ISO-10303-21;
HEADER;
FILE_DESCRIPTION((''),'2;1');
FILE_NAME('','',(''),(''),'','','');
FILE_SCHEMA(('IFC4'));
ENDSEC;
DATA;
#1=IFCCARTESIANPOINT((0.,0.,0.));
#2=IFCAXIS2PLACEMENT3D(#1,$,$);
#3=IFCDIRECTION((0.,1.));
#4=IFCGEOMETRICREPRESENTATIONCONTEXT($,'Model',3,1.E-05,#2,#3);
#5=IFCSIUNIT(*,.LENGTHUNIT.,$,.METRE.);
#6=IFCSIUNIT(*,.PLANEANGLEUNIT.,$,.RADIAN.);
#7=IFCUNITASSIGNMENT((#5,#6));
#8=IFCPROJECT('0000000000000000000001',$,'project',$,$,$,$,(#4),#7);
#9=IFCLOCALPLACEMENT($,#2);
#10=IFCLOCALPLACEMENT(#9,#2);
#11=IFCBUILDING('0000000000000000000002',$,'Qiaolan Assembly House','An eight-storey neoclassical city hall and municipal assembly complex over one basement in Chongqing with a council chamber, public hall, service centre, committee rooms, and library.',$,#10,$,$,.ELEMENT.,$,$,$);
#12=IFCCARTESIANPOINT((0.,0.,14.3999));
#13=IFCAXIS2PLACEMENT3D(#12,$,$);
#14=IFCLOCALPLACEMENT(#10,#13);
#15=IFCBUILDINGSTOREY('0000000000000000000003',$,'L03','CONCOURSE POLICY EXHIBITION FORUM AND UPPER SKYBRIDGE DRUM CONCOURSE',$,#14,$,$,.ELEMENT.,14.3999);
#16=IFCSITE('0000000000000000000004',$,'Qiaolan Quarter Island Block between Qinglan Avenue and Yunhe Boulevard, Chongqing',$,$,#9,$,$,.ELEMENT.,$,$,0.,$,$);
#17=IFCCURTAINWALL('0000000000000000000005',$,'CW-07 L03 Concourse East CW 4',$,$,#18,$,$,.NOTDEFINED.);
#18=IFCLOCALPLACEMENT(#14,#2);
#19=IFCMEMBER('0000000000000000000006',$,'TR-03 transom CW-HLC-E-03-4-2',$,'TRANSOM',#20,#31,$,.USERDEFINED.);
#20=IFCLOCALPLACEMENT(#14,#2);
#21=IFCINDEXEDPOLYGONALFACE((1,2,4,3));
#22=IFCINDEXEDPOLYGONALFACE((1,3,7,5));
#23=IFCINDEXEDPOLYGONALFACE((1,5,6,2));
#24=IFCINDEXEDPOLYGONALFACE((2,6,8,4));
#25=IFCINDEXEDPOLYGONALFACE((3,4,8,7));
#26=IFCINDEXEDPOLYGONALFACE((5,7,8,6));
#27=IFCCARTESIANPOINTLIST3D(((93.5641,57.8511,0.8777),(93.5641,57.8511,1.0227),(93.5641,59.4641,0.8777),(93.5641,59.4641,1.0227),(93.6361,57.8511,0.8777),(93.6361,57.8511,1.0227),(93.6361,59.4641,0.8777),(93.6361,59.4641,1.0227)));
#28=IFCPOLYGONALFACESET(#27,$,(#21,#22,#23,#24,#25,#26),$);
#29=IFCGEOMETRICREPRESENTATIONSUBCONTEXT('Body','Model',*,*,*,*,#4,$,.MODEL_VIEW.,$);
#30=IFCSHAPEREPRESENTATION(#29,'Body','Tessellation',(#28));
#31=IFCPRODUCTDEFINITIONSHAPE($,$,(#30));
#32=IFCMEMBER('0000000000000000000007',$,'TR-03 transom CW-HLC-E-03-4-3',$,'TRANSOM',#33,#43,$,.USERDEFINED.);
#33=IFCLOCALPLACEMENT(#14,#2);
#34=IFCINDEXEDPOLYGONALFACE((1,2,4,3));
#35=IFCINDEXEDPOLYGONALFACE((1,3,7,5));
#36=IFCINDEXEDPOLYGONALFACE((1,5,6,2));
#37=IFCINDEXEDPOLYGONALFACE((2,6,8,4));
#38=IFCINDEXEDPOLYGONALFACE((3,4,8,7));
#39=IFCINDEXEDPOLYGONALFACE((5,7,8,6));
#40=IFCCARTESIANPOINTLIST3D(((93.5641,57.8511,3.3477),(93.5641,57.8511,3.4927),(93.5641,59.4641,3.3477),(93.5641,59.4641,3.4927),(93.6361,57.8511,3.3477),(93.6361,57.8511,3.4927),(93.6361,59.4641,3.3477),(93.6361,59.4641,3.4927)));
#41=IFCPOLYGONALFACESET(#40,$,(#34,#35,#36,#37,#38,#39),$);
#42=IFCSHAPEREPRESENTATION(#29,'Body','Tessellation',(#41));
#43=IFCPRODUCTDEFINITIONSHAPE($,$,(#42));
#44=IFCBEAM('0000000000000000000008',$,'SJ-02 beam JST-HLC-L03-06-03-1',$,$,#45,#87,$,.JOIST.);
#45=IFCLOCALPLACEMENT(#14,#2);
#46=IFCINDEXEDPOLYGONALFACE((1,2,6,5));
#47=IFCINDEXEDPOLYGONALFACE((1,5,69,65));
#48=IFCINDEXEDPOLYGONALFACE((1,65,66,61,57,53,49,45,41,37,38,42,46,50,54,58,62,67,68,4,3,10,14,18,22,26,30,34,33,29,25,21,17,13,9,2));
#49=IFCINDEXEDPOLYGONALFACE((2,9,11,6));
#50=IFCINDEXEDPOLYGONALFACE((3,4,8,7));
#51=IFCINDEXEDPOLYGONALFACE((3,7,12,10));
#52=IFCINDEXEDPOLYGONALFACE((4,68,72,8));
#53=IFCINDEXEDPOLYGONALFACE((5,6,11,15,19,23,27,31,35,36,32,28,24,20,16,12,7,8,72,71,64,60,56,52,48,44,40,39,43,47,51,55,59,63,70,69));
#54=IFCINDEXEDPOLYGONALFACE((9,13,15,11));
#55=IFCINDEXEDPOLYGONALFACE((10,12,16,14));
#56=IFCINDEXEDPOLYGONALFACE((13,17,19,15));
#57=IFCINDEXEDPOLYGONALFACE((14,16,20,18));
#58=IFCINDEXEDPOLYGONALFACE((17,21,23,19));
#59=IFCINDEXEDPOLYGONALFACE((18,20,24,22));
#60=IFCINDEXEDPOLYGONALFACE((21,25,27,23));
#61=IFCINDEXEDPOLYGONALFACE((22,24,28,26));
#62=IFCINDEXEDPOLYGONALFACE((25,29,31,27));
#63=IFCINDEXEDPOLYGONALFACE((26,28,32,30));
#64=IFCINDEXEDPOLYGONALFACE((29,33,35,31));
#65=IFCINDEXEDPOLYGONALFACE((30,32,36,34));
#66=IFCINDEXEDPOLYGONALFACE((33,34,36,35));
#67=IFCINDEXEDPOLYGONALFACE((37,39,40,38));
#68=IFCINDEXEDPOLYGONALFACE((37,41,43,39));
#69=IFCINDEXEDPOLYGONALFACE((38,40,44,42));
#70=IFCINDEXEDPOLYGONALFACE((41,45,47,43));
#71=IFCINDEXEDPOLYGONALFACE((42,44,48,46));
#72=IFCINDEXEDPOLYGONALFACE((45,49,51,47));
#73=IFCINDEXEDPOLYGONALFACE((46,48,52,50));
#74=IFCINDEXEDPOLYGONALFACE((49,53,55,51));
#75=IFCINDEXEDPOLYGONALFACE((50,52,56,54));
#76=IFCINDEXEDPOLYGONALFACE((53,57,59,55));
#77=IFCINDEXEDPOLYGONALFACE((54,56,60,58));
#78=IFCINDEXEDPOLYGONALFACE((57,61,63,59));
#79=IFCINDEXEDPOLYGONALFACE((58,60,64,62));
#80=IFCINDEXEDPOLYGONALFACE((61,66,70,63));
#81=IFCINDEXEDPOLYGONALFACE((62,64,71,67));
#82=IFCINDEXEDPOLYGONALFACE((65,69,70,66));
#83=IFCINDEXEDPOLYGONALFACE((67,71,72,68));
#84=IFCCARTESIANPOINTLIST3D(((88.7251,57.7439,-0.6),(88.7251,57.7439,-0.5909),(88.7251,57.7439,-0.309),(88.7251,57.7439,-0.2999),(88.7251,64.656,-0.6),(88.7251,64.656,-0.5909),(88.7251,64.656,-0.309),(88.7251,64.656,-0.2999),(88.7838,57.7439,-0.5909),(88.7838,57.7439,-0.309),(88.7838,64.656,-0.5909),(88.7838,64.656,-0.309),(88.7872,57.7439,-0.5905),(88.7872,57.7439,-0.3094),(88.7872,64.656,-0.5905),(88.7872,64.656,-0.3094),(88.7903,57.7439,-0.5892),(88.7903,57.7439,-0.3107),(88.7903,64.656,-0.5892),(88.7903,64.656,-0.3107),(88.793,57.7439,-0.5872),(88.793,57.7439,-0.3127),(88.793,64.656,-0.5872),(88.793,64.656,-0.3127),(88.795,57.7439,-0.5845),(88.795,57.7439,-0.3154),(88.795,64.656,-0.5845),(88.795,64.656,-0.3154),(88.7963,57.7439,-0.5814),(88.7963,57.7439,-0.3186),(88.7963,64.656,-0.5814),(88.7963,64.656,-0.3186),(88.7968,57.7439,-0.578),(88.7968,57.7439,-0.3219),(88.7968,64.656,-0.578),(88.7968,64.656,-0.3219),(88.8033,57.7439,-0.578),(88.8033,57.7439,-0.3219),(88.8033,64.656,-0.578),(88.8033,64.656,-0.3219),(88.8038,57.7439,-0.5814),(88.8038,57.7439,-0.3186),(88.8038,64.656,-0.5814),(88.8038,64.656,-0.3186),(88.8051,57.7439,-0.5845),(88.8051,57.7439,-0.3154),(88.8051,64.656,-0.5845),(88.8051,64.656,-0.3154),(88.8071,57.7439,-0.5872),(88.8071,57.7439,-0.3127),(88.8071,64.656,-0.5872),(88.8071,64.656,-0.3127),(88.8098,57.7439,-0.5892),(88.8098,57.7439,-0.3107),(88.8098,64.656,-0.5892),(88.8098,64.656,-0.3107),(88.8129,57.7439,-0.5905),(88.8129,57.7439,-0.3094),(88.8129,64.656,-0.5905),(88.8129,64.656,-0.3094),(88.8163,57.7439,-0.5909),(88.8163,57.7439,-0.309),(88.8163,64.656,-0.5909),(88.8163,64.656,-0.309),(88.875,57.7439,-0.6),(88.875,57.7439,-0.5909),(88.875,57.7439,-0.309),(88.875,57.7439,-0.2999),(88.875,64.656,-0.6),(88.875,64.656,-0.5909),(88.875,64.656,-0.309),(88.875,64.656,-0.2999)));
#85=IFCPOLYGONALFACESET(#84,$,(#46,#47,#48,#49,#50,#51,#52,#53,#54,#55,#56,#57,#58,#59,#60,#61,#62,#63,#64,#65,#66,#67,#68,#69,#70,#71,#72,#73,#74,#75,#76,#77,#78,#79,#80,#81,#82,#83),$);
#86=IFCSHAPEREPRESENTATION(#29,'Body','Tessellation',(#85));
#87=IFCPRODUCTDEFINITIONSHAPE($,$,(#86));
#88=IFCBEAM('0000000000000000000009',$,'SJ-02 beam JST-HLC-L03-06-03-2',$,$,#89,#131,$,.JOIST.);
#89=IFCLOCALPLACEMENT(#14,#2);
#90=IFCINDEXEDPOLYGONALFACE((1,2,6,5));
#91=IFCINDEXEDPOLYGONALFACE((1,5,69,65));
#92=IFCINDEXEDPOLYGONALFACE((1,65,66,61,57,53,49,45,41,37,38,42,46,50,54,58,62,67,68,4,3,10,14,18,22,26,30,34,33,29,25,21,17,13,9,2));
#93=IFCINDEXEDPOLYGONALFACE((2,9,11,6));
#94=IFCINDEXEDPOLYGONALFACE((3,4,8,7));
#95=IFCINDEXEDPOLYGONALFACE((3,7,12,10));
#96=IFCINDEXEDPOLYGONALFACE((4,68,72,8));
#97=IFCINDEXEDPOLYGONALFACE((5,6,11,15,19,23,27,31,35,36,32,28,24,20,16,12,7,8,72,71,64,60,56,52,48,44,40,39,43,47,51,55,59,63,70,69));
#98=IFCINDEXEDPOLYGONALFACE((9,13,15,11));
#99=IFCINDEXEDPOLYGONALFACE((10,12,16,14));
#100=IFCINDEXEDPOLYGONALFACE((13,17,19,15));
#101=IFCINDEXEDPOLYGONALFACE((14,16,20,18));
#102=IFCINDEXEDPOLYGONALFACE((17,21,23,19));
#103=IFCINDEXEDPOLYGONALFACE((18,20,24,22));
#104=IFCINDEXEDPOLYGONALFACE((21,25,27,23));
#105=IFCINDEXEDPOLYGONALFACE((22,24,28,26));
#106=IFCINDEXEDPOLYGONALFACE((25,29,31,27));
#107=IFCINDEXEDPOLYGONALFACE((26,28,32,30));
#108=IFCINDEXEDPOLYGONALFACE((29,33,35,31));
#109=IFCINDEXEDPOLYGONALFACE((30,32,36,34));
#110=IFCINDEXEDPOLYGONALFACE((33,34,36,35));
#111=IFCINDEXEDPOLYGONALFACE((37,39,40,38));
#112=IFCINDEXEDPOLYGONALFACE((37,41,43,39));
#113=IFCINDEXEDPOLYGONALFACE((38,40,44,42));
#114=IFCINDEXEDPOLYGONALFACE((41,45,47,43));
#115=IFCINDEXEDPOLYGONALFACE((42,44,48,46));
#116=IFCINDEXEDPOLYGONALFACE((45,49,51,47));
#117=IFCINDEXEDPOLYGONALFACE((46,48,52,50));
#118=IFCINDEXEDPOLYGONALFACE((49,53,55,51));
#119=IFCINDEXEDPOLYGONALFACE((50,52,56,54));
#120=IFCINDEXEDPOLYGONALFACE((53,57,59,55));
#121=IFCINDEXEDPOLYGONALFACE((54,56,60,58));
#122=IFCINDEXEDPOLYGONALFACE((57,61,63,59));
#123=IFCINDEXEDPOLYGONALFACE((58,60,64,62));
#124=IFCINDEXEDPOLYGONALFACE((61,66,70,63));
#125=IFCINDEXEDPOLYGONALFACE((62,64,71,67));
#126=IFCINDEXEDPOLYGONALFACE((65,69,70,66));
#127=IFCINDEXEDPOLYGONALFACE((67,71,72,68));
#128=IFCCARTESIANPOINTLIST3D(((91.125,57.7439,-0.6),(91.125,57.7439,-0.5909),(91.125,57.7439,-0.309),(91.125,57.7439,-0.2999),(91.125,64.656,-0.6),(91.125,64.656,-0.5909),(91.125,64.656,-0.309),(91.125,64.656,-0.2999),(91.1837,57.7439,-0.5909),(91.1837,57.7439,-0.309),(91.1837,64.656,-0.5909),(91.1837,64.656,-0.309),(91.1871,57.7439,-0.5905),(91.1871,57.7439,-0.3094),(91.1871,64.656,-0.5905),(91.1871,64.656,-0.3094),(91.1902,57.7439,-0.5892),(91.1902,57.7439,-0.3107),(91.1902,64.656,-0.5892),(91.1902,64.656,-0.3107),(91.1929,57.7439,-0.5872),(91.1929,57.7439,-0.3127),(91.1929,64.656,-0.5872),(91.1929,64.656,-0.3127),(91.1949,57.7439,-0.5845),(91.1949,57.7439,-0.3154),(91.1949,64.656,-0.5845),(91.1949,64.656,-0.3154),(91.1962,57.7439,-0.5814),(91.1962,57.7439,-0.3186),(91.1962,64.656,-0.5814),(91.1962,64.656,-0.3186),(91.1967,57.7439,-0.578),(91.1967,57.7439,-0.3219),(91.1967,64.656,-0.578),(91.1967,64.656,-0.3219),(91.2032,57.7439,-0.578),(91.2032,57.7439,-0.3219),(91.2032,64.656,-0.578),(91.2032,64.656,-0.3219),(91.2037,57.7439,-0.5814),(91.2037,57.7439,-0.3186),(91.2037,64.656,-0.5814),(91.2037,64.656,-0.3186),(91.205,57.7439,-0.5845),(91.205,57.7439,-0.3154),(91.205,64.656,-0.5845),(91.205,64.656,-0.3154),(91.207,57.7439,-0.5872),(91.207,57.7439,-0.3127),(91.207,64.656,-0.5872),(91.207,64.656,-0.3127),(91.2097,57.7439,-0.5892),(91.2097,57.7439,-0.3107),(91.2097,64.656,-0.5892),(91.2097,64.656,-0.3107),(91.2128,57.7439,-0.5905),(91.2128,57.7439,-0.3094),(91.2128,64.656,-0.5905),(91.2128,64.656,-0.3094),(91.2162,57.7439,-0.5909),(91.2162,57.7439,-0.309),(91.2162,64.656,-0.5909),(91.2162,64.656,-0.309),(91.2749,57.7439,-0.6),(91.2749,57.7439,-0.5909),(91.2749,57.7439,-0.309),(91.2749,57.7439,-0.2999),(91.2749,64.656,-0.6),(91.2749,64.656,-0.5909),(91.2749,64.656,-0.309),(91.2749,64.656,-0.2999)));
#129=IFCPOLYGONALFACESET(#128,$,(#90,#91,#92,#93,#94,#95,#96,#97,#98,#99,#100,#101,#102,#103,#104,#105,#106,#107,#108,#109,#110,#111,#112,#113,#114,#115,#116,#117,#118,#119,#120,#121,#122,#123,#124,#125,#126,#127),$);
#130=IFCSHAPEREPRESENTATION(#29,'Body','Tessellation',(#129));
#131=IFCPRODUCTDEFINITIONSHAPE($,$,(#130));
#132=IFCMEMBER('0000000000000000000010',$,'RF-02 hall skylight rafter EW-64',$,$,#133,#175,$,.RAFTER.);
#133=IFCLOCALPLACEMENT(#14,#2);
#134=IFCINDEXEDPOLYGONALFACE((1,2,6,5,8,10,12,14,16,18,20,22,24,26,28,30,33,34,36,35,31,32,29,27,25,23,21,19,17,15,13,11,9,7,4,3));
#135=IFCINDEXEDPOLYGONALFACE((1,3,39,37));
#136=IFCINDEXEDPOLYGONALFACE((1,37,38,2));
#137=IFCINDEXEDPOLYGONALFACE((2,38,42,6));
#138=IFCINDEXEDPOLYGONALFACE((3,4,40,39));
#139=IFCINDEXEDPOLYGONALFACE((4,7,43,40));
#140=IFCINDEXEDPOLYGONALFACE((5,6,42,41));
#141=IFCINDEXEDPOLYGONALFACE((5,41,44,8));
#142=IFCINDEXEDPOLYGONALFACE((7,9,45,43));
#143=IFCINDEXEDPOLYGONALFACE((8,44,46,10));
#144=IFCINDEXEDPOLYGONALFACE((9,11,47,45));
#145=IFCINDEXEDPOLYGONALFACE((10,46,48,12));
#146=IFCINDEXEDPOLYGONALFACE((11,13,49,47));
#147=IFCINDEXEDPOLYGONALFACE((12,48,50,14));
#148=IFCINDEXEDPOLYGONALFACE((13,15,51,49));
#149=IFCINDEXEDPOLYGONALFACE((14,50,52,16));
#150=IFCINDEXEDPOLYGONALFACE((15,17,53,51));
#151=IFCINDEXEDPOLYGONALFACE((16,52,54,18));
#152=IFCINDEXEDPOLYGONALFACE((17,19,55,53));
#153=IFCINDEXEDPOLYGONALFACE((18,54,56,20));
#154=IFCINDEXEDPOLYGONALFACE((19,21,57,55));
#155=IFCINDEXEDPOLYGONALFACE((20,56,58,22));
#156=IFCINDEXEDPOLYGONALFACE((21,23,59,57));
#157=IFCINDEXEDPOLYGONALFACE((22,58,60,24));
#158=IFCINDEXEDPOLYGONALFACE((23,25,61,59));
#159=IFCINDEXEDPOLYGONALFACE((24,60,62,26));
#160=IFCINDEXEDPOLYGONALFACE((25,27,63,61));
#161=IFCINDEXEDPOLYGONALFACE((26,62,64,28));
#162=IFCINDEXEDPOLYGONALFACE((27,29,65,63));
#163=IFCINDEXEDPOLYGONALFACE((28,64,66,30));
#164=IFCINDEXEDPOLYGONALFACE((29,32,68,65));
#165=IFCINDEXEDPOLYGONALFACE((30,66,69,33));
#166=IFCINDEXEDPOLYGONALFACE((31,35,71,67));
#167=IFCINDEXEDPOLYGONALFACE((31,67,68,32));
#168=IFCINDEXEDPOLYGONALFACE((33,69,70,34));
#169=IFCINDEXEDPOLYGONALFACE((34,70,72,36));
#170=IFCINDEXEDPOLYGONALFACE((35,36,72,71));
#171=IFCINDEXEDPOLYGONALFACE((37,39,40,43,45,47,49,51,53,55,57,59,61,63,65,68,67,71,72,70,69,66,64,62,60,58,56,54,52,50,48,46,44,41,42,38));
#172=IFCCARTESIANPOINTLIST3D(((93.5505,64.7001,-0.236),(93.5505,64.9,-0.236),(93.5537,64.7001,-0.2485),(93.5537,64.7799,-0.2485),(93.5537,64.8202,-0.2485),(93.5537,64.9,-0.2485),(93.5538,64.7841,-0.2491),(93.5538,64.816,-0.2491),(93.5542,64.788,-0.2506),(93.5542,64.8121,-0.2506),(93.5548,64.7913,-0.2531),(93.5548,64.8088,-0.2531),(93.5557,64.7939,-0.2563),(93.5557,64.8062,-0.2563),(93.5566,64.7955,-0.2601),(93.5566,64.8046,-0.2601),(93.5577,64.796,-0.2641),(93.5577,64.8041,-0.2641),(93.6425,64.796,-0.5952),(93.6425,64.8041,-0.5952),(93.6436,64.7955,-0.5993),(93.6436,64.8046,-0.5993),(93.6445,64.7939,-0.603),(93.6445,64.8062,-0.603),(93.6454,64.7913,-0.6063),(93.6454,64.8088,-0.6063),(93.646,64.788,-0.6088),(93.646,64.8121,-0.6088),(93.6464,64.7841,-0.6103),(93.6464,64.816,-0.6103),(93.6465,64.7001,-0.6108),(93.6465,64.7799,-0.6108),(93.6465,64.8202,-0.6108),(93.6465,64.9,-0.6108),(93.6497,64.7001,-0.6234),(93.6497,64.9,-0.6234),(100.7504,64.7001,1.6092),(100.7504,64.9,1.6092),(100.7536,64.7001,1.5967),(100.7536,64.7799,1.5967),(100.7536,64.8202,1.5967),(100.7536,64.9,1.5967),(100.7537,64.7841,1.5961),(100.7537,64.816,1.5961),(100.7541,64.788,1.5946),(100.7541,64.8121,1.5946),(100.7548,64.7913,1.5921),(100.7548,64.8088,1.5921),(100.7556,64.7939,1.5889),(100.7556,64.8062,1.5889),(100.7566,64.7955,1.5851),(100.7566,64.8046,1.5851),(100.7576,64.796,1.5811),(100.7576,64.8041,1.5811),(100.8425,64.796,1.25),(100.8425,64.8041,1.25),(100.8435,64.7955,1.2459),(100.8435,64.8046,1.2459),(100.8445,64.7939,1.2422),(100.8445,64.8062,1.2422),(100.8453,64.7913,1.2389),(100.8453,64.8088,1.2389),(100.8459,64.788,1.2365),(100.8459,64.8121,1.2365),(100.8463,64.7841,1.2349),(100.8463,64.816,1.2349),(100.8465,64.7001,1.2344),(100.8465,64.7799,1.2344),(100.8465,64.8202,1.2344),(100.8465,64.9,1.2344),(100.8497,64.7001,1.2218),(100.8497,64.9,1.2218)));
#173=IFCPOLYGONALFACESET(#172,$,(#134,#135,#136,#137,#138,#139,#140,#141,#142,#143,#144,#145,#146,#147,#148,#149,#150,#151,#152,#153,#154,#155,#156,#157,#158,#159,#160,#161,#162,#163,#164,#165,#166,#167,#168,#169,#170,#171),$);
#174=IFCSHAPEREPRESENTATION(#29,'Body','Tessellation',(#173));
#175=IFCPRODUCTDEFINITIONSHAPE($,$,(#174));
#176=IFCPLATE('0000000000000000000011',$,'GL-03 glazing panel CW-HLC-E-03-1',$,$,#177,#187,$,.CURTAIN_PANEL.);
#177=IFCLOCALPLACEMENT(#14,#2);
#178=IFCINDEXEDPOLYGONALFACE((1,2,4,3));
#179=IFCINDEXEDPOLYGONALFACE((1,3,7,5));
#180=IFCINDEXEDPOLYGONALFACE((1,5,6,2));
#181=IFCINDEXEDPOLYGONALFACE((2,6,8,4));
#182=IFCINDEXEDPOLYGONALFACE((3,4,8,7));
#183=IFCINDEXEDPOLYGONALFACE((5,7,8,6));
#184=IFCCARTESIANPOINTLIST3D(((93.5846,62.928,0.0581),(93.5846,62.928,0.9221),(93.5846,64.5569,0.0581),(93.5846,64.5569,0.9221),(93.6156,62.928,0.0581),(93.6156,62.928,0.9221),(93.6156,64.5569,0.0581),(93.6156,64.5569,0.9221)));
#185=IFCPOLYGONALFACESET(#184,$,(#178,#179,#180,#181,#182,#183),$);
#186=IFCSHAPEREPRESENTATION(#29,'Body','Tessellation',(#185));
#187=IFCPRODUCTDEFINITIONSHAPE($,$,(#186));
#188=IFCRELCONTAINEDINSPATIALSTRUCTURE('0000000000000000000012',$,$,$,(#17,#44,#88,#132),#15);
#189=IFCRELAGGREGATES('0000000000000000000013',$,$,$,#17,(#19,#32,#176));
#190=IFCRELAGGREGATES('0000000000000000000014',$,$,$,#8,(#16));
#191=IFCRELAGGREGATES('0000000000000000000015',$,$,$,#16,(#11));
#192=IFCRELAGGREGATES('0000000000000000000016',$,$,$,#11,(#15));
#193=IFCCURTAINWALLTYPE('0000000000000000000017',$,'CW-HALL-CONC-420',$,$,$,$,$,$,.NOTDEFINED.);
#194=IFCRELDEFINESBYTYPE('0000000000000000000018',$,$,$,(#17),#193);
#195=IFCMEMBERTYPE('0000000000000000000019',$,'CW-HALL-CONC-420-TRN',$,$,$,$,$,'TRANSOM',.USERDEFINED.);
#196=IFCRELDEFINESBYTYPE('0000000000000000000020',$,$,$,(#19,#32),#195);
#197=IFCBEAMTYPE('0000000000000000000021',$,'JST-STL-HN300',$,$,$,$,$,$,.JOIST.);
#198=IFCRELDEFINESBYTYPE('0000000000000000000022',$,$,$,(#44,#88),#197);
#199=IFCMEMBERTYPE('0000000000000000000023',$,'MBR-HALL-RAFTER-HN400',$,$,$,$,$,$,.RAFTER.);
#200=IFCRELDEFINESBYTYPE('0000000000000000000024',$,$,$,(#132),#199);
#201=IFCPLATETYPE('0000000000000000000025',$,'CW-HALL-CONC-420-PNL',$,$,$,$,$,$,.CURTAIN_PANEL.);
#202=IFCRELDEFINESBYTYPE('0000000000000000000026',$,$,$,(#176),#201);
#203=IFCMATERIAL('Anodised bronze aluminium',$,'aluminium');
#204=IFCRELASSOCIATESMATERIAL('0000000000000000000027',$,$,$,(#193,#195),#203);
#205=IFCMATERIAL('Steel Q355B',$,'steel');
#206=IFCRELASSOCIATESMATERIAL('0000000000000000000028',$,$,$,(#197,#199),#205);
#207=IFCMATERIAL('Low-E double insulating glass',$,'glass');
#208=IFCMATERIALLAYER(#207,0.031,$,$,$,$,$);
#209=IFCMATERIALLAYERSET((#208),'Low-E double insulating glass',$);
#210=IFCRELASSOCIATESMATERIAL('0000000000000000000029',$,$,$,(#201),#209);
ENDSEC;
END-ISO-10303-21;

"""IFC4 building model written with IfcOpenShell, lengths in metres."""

from ifc_helpers import new_model, si_unit, direction, frame, frame_2d, origin, origin_2d, place, context, subcontext, project, spatial, rectangle, i_section, extrude, material, layer, layer_set, material_profile, profile_set, type_object, element, aggregate, save


model = new_model("IFC4")

# Units and contexts
model_context = context("Model", 3, precision=1e-05, world=origin(), true_north=direction((0.0, 1.0)))
body_context = subcontext(model_context, "Body", "Model", "MODEL_VIEW")
ifc_project = project(units=[si_unit("LENGTHUNIT", "METRE"), si_unit("PLANEANGLEUNIT", "RADIAN")], contexts=[model_context])

# Site, building, storey
site_placement = place(None, origin())
site = spatial("IfcSite", under=ifc_project, at=site_placement, Name="Qiaolan Quarter Island Block between Qinglan Avenue and Yunhe Boulevard, Chongqing", CompositionType="ELEMENT", RefElevation=0.0)
building_placement = place(site_placement, origin())
building = spatial("IfcBuilding", under=site, at=building_placement, Name="Qiaolan Assembly House", Description="An eight-storey neoclassical city hall and municipal assembly complex over one basement in Chongqing with a council chamber, public hall, service centre, committee rooms, and library.", CompositionType="ELEMENT")
storey_placement = place(building_placement, frame((0.0, 0.0, 14.3999)))
storey = spatial("IfcBuildingStorey", under=building, at=storey_placement, Name="L03", Description="CONCOURSE POLICY EXHIBITION FORUM AND UPPER SKYBRIDGE DRUM CONCOURSE", CompositionType="ELEMENT", Elevation=14.3999)

# Shared definitions
ifc_material_1 = material(Name="Steel Q355B", Category="steel")

# Curtain wall, members
ifc_material_2 = material(Name="Anodised bronze aluminium", Category="aluminium")
curtain_wall_type = type_object("IfcCurtainWallType", Name="CW-HALL-CONC-420", PredefinedType="NOTDEFINED", material=ifc_material_2)
curtain_wall_placement = place(storey_placement, origin())
curtain_wall = element("IfcCurtainWall", 1, at=curtain_wall_placement, inside=storey, type_object=curtain_wall_type, Name="CW-07 L03 Concourse East CW 4", PredefinedType="NOTDEFINED")
ifc_material_profile_1 = material_profile(ifc_material_2, rectangle(XDim=0.072, YDim=0.145, at=origin_2d()), Name="TRN 72x145")
ifc_profile_set_1 = profile_set([ifc_material_profile_1], Name="Anodised bronze aluminium")
member_type_1 = type_object("IfcMemberType", Name="CW-HALL-CONC-420-TRN", ElementType="TRANSOM", PredefinedType="USERDEFINED", material=ifc_profile_set_1)
member_1_placement = place(storey_placement, frame((93.6001, 59.4641, 0.9502), z_axis=(0.0, -1.0, 0.0), x_axis=(1.0, 0.0, 0.0)))
member_1 = element("IfcMember", 2, at=member_1_placement, type_object=member_type_1, Name="TR-03 transom CW-HLC-E-03-4-2", ObjectType="TRANSOM", PredefinedType="USERDEFINED", context=body_context, shape_type="SweptSolid", body=[
    extrude(rectangle(XDim=0.072, YDim=0.145, at=origin_2d()), origin(), (0.0, 0.0, 1.0), 1.613),
])
member_2_placement = place(storey_placement, frame((93.6001, 59.4641, 3.4202), z_axis=(0.0, -1.0, 0.0), x_axis=(1.0, 0.0, 0.0)))
member_2 = element("IfcMember", 3, at=member_2_placement, type_object=member_type_1, Name="TR-03 transom CW-HLC-E-03-4-3", ObjectType="TRANSOM", PredefinedType="USERDEFINED", context=body_context, shape_type="SweptSolid", body=[
    extrude(rectangle(XDim=0.072, YDim=0.145, at=origin_2d()), origin(), (0.0, 0.0, 1.0), 1.613),
])

# Beams
ifc_material_profile_2 = material_profile(ifc_material_1, i_section(OverallWidth=0.1499, OverallDepth=0.3, WebThickness=0.0066, FlangeThickness=0.009, FilletRadius=0.0129, at=origin_2d()), Name="HN 300x150x6.5x9")
ifc_profile_set_2 = profile_set([ifc_material_profile_2], Name="Steel Q355B")
beam_type_1 = type_object("IfcBeamType", Name="JST-STL-HN300", PredefinedType="JOIST", material=ifc_profile_set_2)
for number, where, z_axis, x_axis, name in (
    (4, (88.8, 57.7439, -0.45), (0.0, 1.0, 0.0), (-1.0, 0.0, 0.0), "SJ-02 beam JST-HLC-L03-06-03-1"),
    (5, (91.2, 57.7439, -0.45), (0.0, 1.0, 0.0), (-1.0, 0.0, 0.0), "SJ-02 beam JST-HLC-L03-06-03-2"),
):
    element("IfcBeam", number, at=place(storey_placement, frame(where, z_axis=z_axis, x_axis=x_axis)), inside=storey, type_object=beam_type_1, Name=name, PredefinedType="JOIST", context=body_context, shape_type="SweptSolid", body=[
        extrude(i_section(OverallWidth=0.1499, OverallDepth=0.3, WebThickness=0.0066, FlangeThickness=0.009, FilletRadius=0.0129, at=origin_2d()), origin(), (0.0, 0.0, 1.0), 6.9121),
    ])

# Member
ifc_material_profile_3 = material_profile(ifc_material_1, i_section(OverallWidth=0.2, OverallDepth=0.3999, WebThickness=0.0081, FlangeThickness=0.0129, FilletRadius=0.0161, at=origin_2d()), Name="HN 400x200x8x13-RF")
ifc_profile_set_3 = profile_set([ifc_material_profile_3], Name="Steel Q355B")
member_type_2 = type_object("IfcMemberType", Name="MBR-HALL-RAFTER-HN400", PredefinedType="RAFTER", material=ifc_profile_set_3)
member_3_placement = place(storey_placement, frame((93.6001, 64.8, -0.4297), z_axis=(0.968694, 0.0, 0.248258), x_axis=(0.0, 1.0, 0.0)))
element("IfcMember", 6, at=member_3_placement, inside=storey, type_object=member_type_2, Name="RF-02 hall skylight rafter EW-64", PredefinedType="RAFTER", context=body_context, shape_type="SweptSolid", body=[
    extrude(i_section(OverallWidth=0.2, OverallDepth=0.3999, WebThickness=0.0081, FlangeThickness=0.0129, FilletRadius=0.0161, at=origin_2d()), origin(), (0.0, 0.0, 1.0), 7.4326),
])

# Plate
ifc_material_3 = material(Name="Low-E double insulating glass", Category="glass")
ifc_layer_1 = layer(ifc_material_3, 0.031)
ifc_layer_set_1 = layer_set([ifc_layer_1], Name="Low-E double insulating glass")
plate_type_1 = type_object("IfcPlateType", Name="CW-HALL-CONC-420-PNL", PredefinedType="CURTAIN_PANEL", material=ifc_layer_set_1)
plate_1_placement = place(storey_placement, frame((93.6001, 64.5569, 0.0581), z_axis=(0.0, 0.0, 1.0), x_axis=(0.0, -1.0, 0.0)))
plate_1 = element("IfcPlate", 7, at=plate_1_placement, type_object=plate_type_1, Name="GL-03 glazing panel CW-HLC-E-03-1", PredefinedType="CURTAIN_PANEL", context=body_context, shape_type="SweptSolid", body=[
    extrude(rectangle(XDim=1.6289, YDim=0.031, at=frame_2d((0.8145, 0.0))), origin(), (0.0, 0.0, 1.0), 0.864),
])
aggregate(curtain_wall, [member_1, member_2, plate_1])

save(model, "model.ifc")
